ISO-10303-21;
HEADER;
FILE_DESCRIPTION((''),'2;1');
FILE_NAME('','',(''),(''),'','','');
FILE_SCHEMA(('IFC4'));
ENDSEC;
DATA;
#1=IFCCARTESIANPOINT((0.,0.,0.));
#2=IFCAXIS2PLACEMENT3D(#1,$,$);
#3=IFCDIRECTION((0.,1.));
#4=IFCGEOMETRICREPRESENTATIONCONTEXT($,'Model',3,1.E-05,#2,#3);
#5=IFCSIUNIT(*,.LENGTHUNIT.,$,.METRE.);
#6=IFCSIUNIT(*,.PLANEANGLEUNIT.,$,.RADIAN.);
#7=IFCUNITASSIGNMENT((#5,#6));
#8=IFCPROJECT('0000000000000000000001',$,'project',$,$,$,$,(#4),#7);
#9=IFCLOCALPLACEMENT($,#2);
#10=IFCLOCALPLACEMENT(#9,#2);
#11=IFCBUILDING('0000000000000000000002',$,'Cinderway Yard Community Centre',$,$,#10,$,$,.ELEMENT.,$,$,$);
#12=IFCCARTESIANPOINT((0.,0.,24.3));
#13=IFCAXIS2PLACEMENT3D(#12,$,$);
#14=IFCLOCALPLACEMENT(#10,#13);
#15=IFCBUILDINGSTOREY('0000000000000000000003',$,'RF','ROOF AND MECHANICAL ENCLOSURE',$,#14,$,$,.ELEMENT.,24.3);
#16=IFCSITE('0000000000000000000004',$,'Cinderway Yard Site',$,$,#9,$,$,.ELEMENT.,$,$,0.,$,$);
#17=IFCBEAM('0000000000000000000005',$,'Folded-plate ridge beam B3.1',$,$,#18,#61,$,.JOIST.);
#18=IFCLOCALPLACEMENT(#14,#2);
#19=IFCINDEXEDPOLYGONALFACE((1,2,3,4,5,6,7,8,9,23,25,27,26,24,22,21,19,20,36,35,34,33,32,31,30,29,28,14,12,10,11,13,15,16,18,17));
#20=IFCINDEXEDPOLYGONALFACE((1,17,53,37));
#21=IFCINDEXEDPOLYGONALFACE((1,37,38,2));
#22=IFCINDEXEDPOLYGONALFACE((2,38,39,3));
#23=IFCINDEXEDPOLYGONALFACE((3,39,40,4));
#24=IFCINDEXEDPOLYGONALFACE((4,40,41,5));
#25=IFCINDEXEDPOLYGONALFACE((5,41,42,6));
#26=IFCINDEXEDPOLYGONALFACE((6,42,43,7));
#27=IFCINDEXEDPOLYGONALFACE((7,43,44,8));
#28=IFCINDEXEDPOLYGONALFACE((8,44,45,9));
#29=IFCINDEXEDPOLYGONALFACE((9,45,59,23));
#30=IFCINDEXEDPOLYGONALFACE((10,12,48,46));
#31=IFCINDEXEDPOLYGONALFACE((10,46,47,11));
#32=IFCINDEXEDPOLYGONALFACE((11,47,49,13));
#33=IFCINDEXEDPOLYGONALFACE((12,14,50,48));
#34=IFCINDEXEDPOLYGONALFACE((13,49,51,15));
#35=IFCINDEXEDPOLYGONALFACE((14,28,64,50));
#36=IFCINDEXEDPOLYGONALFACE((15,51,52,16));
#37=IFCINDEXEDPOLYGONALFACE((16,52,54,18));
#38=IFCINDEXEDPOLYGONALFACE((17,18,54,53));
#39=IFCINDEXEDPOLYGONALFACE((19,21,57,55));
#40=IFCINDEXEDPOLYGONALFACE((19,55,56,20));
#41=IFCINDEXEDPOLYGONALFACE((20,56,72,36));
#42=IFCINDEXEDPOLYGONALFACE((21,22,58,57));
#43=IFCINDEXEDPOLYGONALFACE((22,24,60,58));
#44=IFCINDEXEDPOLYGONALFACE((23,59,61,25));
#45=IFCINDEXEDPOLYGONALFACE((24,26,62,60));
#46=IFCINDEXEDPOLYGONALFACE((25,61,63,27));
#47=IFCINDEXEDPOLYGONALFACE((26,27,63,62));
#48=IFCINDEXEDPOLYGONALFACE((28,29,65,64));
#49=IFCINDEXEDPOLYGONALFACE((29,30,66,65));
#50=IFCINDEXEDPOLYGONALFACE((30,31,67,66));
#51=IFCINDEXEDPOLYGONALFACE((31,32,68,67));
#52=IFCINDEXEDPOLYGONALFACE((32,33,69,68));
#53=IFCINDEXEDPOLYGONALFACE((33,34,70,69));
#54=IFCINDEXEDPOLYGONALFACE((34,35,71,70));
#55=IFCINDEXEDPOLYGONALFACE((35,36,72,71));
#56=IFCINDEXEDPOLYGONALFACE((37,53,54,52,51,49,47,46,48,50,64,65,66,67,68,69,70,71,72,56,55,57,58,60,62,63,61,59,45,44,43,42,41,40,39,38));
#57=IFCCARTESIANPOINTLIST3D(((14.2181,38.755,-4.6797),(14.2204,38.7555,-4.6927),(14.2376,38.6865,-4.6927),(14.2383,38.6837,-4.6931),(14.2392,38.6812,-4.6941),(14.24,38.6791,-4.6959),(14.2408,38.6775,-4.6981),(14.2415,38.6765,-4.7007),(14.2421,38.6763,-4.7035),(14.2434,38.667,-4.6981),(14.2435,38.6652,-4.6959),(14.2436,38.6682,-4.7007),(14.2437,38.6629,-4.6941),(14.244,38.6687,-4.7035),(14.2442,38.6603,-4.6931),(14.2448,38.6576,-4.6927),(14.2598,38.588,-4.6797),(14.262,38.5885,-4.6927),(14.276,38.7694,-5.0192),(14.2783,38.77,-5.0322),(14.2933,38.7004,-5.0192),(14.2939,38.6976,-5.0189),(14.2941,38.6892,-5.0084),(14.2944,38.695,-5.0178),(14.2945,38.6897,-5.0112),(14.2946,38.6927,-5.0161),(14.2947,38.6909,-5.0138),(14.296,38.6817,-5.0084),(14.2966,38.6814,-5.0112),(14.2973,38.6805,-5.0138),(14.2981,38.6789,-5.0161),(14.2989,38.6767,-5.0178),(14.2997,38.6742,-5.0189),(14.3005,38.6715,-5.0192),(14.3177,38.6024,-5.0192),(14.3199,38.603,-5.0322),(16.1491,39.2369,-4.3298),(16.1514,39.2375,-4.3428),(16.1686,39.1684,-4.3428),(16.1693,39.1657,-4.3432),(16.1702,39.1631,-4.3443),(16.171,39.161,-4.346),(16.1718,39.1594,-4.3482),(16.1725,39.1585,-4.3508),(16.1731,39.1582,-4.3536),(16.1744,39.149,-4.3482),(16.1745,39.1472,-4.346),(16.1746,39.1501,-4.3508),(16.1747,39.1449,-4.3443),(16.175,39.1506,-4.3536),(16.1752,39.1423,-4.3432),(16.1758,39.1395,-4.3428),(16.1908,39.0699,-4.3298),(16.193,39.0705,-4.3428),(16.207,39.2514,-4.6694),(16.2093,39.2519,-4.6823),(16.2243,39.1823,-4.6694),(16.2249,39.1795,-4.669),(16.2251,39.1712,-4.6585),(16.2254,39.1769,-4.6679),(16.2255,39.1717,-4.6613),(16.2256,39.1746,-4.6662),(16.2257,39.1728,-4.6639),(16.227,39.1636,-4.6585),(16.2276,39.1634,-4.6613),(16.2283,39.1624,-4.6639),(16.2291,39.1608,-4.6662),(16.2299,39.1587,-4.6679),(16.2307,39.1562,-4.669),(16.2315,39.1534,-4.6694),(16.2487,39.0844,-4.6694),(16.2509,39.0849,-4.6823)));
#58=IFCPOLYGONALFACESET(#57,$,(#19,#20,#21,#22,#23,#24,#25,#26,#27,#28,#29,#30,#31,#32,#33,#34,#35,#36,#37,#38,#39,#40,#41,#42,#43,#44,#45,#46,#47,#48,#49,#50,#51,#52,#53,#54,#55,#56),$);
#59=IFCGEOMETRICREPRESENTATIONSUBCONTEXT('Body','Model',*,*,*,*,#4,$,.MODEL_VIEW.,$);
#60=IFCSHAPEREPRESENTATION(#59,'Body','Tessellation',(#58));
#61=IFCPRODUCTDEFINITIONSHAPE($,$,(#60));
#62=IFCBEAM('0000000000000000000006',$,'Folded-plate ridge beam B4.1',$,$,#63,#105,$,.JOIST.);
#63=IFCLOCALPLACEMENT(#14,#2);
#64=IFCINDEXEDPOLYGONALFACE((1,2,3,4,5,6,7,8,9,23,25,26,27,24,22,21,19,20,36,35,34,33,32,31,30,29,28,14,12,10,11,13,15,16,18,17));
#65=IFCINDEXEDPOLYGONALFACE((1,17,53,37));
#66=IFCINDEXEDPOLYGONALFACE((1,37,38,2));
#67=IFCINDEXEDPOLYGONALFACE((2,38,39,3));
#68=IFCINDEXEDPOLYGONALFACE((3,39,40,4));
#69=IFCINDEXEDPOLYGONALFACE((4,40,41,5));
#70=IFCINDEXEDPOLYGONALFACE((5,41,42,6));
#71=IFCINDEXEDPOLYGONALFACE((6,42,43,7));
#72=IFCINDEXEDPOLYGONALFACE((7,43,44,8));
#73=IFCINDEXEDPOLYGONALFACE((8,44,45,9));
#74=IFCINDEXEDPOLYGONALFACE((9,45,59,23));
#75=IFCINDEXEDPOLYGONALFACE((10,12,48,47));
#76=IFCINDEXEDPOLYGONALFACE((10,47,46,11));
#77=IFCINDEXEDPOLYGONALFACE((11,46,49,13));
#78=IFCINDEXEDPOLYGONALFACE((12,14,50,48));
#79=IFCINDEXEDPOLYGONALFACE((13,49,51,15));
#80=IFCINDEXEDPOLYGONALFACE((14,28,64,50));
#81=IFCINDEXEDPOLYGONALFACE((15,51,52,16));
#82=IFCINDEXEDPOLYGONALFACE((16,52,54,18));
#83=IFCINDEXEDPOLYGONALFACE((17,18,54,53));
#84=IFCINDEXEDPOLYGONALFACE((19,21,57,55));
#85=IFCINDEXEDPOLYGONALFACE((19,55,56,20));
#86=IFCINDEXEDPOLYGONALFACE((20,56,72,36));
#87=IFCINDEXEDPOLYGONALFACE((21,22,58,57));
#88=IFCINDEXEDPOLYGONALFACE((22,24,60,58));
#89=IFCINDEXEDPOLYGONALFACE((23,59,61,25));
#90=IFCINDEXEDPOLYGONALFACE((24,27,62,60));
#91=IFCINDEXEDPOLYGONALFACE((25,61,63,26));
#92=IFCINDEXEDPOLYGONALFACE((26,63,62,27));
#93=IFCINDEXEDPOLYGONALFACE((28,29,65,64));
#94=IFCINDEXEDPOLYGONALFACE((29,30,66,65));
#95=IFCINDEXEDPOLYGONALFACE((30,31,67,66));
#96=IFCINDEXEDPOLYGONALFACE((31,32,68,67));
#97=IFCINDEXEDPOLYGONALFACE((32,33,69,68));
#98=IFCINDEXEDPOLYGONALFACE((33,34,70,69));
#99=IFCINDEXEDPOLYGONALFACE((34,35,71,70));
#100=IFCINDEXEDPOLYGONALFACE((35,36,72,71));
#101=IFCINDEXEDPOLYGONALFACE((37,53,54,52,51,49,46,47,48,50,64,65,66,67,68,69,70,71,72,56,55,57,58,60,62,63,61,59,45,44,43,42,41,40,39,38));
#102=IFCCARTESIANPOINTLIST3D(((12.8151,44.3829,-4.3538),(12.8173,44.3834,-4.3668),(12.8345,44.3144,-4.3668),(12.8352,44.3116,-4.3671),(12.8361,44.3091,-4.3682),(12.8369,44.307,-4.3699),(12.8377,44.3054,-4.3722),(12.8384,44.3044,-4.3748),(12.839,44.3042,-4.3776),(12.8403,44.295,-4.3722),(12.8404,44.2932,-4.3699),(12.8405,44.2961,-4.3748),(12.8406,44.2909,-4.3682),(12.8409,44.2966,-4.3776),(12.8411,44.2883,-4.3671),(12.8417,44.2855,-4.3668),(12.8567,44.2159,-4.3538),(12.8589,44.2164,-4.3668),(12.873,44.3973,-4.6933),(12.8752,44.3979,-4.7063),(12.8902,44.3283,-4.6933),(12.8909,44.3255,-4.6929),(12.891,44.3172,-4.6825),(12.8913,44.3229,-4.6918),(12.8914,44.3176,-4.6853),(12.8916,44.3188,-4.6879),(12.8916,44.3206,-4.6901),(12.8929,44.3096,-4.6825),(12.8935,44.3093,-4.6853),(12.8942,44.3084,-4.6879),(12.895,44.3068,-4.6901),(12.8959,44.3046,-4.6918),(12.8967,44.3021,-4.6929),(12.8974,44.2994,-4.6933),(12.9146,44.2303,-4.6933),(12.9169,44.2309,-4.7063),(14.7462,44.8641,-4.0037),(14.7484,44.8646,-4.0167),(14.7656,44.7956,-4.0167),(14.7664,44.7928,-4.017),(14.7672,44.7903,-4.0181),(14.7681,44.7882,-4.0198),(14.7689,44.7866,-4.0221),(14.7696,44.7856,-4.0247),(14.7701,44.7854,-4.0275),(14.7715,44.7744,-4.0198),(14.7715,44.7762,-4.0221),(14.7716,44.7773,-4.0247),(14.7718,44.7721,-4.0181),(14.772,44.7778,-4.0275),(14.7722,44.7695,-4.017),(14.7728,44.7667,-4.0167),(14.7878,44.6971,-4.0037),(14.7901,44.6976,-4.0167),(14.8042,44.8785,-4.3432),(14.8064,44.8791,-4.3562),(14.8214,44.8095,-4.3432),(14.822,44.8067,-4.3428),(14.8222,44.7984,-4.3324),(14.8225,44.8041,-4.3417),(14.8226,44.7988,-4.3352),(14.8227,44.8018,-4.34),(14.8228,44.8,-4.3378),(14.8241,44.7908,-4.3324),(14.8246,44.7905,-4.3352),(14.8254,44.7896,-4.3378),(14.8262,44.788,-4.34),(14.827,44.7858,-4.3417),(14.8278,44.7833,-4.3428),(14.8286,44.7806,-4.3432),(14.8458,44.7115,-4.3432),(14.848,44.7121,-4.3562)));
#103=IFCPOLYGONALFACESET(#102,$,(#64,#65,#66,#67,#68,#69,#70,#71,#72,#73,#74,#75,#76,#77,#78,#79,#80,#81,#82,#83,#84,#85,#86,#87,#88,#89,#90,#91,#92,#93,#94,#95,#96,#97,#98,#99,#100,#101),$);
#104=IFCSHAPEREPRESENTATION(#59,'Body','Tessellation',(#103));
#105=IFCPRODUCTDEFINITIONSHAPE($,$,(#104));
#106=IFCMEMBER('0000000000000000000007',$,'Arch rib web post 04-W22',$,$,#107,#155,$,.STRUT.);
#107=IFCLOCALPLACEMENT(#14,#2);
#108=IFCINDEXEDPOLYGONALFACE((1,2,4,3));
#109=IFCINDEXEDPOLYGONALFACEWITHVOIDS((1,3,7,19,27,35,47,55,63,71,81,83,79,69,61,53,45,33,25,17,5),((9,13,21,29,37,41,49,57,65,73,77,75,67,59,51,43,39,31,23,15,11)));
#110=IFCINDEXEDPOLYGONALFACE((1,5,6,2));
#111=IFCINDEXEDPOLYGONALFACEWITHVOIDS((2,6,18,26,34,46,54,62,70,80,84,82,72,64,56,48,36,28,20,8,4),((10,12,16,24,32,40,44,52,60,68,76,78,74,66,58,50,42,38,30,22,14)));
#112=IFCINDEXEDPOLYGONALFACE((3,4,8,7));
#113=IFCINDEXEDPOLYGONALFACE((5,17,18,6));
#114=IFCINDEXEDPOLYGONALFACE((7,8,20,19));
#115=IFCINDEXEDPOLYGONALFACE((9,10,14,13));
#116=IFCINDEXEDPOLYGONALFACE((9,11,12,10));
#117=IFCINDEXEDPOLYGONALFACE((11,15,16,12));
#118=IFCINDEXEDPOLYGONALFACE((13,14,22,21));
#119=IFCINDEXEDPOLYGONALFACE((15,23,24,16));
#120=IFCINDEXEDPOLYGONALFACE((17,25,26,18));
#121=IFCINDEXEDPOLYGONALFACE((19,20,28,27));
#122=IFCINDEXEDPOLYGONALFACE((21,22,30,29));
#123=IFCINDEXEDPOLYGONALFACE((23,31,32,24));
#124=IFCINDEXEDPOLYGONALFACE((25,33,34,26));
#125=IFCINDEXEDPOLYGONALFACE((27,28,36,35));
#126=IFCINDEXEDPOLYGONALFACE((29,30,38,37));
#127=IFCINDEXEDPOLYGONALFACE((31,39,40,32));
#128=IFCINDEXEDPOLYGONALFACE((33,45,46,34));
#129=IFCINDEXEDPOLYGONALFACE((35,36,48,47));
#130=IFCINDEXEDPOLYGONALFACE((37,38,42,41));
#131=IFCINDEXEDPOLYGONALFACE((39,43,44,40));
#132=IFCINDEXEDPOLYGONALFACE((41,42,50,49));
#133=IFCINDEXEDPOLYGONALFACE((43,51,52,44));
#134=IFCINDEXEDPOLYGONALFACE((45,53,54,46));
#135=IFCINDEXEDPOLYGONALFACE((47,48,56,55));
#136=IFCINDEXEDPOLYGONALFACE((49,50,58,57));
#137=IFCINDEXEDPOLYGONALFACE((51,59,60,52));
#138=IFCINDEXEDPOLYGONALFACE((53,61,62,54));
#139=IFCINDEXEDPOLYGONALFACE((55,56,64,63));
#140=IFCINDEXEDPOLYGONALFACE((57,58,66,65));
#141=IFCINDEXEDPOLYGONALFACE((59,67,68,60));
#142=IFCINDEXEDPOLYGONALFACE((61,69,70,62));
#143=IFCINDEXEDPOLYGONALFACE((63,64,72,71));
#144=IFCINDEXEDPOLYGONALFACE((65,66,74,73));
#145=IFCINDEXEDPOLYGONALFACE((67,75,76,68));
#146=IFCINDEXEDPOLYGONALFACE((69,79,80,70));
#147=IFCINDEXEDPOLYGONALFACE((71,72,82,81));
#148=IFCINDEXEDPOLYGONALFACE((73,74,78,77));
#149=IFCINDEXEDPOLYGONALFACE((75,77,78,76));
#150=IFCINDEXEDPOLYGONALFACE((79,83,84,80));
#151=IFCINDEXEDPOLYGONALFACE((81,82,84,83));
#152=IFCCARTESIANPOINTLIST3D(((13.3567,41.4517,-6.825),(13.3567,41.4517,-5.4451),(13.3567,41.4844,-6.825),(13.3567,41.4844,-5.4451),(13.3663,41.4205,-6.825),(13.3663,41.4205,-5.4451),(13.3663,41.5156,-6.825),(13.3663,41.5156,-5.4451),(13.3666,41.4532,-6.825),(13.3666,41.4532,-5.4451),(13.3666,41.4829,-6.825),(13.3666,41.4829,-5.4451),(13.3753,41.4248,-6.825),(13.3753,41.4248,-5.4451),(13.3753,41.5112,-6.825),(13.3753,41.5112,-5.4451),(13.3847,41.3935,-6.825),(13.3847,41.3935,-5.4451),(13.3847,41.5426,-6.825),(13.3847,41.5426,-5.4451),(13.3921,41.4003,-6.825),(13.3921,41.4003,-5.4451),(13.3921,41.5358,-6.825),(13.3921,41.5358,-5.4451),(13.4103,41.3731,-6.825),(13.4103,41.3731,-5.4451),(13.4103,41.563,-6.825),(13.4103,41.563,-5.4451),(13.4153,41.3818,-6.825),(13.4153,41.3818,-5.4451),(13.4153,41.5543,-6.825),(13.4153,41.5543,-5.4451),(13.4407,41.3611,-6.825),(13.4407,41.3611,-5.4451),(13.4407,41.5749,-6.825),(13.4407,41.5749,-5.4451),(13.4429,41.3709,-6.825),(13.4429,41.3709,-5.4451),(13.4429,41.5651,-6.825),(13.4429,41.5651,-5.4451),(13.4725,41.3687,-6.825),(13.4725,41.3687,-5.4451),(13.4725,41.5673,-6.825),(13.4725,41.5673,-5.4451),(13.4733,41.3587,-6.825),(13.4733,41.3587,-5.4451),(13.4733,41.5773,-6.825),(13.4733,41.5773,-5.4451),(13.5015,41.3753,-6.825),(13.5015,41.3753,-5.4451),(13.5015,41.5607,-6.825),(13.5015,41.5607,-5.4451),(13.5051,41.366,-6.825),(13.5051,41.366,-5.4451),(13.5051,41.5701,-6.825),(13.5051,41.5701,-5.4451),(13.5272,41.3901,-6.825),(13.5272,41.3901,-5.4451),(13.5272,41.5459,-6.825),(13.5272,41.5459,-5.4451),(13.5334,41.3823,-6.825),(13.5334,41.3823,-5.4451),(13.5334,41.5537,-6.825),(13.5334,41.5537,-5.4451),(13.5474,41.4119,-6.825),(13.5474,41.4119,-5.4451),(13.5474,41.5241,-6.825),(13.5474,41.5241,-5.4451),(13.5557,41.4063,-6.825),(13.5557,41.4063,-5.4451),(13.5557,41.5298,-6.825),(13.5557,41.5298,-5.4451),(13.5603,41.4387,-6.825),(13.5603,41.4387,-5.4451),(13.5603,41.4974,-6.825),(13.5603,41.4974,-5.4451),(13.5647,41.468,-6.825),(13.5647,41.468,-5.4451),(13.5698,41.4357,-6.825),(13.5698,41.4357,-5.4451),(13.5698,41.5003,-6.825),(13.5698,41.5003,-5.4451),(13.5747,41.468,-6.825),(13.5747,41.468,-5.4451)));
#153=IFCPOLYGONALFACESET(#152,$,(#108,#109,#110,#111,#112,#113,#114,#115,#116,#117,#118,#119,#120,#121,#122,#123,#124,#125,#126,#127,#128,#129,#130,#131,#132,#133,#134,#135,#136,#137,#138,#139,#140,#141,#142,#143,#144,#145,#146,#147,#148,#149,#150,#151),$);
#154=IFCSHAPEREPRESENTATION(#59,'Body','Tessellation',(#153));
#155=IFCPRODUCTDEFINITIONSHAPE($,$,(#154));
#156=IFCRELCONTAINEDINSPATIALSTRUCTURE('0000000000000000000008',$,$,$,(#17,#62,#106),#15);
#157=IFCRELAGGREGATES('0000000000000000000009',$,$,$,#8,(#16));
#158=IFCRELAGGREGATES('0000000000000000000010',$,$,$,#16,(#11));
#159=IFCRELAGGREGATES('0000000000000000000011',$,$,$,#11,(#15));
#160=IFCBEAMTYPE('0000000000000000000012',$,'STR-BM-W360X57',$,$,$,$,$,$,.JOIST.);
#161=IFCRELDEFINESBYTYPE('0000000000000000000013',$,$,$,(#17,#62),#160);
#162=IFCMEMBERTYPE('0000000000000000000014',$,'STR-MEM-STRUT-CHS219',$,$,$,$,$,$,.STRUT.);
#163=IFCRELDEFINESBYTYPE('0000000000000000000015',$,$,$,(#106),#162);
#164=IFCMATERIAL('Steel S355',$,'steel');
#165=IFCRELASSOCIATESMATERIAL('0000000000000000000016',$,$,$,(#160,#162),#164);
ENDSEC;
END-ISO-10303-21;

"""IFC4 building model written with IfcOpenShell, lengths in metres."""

from ifc_helpers import new_model, si_unit, direction, frame, origin, origin_2d, place, context, subcontext, project, spatial, hollow_circle, i_section, extrude, material, material_profile, profile_set, type_object, element, save


model = new_model("IFC4")

# Units and contexts
model_context = context("Model", 3, precision=1e-05, world=origin(), true_north=direction((0.0, 1.0)))
body_context = subcontext(model_context, "Body", "Model", "MODEL_VIEW")
ifc_project = project(units=[si_unit("LENGTHUNIT", "METRE"), si_unit("PLANEANGLEUNIT", "RADIAN")], contexts=[model_context])

# Site, building, storey
site_placement = place(None, origin())
site = spatial("IfcSite", under=ifc_project, at=site_placement, Name="Cinderway Yard Site", CompositionType="ELEMENT", RefElevation=0.0)
building_placement = place(site_placement, origin())
building = spatial("IfcBuilding", under=site, at=building_placement, Name="Cinderway Yard Community Centre", CompositionType="ELEMENT")
storey_placement = place(building_placement, frame((0.0, 0.0, 24.3)))
storey = spatial("IfcBuildingStorey", under=building, at=storey_placement, Name="RF", Description="ROOF AND MECHANICAL ENCLOSURE", CompositionType="ELEMENT", Elevation=24.3)

# Shared definitions
ifc_material_1 = material(Name="Steel S355", Category="steel")

# Beams
ifc_material_profile_1 = material_profile(ifc_material_1, i_section(OverallWidth=0.1721, OverallDepth=0.3579, WebThickness=0.0078, FlangeThickness=0.0132, FilletRadius=0.011, at=origin_2d()), Name="Steel S355")
ifc_profile_set_1 = profile_set([ifc_material_profile_1], Name="Steel S355")
beam_type_1 = type_object("IfcBeamType", Name="STR-BM-W360X57", PredefinedType="JOIST", material=ifc_profile_set_1)
for number, where, z_axis, x_axis, name in (
    (1, (14.269, 38.679, -4.856), (0.955583, 0.238503, 0.173138), (-0.24216, 0.970236, 0.0), "Folded-plate ridge beam B3.1"),
    (2, (12.866, 44.3069, -4.53), (0.955656, 0.238129, 0.17325), (-0.241785, 0.97033, 0.0), "Folded-plate ridge beam B4.1"),
):
    element("IfcBeam", number, at=place(storey_placement, frame(where, z_axis=z_axis, x_axis=x_axis)), inside=storey, type_object=beam_type_1, Name=name, PredefinedType="JOIST", context=body_context, shape_type="SweptSolid", body=[
        extrude(i_section(OverallWidth=0.1721, OverallDepth=0.3579, WebThickness=0.0078, FlangeThickness=0.0132, FilletRadius=0.011, at=origin_2d()), origin(), (0.0, 0.0, 1.0), 2.0208),
    ])

# Member
ifc_material_profile_2 = material_profile(ifc_material_1, hollow_circle(Radius=0.1096, WallThickness=0.01, at=origin_2d()), Name="Steel S355")
ifc_profile_set_2 = profile_set([ifc_material_profile_2], Name="Steel S355")
member_type_1 = type_object("IfcMemberType", Name="STR-MEM-STRUT-CHS219", PredefinedType="STRUT", material=ifc_profile_set_2)
member_1_placement = place(storey_placement, frame((13.4651, 41.468, -6.825), z_axis=(0.0, 0.0, 1.0), x_axis=(1.0, 0.0, 0.0)))
element("IfcMember", 3, at=member_1_placement, inside=storey, type_object=member_type_1, Name="Arch rib web post 04-W22", PredefinedType="STRUT", context=body_context, shape_type="SweptSolid", body=[
    extrude(hollow_circle(Radius=0.1096, WallThickness=0.01, at=origin_2d()), origin(), (0.0, 0.0, 1.0), 1.3799),
])

save(model, "model.ifc")
